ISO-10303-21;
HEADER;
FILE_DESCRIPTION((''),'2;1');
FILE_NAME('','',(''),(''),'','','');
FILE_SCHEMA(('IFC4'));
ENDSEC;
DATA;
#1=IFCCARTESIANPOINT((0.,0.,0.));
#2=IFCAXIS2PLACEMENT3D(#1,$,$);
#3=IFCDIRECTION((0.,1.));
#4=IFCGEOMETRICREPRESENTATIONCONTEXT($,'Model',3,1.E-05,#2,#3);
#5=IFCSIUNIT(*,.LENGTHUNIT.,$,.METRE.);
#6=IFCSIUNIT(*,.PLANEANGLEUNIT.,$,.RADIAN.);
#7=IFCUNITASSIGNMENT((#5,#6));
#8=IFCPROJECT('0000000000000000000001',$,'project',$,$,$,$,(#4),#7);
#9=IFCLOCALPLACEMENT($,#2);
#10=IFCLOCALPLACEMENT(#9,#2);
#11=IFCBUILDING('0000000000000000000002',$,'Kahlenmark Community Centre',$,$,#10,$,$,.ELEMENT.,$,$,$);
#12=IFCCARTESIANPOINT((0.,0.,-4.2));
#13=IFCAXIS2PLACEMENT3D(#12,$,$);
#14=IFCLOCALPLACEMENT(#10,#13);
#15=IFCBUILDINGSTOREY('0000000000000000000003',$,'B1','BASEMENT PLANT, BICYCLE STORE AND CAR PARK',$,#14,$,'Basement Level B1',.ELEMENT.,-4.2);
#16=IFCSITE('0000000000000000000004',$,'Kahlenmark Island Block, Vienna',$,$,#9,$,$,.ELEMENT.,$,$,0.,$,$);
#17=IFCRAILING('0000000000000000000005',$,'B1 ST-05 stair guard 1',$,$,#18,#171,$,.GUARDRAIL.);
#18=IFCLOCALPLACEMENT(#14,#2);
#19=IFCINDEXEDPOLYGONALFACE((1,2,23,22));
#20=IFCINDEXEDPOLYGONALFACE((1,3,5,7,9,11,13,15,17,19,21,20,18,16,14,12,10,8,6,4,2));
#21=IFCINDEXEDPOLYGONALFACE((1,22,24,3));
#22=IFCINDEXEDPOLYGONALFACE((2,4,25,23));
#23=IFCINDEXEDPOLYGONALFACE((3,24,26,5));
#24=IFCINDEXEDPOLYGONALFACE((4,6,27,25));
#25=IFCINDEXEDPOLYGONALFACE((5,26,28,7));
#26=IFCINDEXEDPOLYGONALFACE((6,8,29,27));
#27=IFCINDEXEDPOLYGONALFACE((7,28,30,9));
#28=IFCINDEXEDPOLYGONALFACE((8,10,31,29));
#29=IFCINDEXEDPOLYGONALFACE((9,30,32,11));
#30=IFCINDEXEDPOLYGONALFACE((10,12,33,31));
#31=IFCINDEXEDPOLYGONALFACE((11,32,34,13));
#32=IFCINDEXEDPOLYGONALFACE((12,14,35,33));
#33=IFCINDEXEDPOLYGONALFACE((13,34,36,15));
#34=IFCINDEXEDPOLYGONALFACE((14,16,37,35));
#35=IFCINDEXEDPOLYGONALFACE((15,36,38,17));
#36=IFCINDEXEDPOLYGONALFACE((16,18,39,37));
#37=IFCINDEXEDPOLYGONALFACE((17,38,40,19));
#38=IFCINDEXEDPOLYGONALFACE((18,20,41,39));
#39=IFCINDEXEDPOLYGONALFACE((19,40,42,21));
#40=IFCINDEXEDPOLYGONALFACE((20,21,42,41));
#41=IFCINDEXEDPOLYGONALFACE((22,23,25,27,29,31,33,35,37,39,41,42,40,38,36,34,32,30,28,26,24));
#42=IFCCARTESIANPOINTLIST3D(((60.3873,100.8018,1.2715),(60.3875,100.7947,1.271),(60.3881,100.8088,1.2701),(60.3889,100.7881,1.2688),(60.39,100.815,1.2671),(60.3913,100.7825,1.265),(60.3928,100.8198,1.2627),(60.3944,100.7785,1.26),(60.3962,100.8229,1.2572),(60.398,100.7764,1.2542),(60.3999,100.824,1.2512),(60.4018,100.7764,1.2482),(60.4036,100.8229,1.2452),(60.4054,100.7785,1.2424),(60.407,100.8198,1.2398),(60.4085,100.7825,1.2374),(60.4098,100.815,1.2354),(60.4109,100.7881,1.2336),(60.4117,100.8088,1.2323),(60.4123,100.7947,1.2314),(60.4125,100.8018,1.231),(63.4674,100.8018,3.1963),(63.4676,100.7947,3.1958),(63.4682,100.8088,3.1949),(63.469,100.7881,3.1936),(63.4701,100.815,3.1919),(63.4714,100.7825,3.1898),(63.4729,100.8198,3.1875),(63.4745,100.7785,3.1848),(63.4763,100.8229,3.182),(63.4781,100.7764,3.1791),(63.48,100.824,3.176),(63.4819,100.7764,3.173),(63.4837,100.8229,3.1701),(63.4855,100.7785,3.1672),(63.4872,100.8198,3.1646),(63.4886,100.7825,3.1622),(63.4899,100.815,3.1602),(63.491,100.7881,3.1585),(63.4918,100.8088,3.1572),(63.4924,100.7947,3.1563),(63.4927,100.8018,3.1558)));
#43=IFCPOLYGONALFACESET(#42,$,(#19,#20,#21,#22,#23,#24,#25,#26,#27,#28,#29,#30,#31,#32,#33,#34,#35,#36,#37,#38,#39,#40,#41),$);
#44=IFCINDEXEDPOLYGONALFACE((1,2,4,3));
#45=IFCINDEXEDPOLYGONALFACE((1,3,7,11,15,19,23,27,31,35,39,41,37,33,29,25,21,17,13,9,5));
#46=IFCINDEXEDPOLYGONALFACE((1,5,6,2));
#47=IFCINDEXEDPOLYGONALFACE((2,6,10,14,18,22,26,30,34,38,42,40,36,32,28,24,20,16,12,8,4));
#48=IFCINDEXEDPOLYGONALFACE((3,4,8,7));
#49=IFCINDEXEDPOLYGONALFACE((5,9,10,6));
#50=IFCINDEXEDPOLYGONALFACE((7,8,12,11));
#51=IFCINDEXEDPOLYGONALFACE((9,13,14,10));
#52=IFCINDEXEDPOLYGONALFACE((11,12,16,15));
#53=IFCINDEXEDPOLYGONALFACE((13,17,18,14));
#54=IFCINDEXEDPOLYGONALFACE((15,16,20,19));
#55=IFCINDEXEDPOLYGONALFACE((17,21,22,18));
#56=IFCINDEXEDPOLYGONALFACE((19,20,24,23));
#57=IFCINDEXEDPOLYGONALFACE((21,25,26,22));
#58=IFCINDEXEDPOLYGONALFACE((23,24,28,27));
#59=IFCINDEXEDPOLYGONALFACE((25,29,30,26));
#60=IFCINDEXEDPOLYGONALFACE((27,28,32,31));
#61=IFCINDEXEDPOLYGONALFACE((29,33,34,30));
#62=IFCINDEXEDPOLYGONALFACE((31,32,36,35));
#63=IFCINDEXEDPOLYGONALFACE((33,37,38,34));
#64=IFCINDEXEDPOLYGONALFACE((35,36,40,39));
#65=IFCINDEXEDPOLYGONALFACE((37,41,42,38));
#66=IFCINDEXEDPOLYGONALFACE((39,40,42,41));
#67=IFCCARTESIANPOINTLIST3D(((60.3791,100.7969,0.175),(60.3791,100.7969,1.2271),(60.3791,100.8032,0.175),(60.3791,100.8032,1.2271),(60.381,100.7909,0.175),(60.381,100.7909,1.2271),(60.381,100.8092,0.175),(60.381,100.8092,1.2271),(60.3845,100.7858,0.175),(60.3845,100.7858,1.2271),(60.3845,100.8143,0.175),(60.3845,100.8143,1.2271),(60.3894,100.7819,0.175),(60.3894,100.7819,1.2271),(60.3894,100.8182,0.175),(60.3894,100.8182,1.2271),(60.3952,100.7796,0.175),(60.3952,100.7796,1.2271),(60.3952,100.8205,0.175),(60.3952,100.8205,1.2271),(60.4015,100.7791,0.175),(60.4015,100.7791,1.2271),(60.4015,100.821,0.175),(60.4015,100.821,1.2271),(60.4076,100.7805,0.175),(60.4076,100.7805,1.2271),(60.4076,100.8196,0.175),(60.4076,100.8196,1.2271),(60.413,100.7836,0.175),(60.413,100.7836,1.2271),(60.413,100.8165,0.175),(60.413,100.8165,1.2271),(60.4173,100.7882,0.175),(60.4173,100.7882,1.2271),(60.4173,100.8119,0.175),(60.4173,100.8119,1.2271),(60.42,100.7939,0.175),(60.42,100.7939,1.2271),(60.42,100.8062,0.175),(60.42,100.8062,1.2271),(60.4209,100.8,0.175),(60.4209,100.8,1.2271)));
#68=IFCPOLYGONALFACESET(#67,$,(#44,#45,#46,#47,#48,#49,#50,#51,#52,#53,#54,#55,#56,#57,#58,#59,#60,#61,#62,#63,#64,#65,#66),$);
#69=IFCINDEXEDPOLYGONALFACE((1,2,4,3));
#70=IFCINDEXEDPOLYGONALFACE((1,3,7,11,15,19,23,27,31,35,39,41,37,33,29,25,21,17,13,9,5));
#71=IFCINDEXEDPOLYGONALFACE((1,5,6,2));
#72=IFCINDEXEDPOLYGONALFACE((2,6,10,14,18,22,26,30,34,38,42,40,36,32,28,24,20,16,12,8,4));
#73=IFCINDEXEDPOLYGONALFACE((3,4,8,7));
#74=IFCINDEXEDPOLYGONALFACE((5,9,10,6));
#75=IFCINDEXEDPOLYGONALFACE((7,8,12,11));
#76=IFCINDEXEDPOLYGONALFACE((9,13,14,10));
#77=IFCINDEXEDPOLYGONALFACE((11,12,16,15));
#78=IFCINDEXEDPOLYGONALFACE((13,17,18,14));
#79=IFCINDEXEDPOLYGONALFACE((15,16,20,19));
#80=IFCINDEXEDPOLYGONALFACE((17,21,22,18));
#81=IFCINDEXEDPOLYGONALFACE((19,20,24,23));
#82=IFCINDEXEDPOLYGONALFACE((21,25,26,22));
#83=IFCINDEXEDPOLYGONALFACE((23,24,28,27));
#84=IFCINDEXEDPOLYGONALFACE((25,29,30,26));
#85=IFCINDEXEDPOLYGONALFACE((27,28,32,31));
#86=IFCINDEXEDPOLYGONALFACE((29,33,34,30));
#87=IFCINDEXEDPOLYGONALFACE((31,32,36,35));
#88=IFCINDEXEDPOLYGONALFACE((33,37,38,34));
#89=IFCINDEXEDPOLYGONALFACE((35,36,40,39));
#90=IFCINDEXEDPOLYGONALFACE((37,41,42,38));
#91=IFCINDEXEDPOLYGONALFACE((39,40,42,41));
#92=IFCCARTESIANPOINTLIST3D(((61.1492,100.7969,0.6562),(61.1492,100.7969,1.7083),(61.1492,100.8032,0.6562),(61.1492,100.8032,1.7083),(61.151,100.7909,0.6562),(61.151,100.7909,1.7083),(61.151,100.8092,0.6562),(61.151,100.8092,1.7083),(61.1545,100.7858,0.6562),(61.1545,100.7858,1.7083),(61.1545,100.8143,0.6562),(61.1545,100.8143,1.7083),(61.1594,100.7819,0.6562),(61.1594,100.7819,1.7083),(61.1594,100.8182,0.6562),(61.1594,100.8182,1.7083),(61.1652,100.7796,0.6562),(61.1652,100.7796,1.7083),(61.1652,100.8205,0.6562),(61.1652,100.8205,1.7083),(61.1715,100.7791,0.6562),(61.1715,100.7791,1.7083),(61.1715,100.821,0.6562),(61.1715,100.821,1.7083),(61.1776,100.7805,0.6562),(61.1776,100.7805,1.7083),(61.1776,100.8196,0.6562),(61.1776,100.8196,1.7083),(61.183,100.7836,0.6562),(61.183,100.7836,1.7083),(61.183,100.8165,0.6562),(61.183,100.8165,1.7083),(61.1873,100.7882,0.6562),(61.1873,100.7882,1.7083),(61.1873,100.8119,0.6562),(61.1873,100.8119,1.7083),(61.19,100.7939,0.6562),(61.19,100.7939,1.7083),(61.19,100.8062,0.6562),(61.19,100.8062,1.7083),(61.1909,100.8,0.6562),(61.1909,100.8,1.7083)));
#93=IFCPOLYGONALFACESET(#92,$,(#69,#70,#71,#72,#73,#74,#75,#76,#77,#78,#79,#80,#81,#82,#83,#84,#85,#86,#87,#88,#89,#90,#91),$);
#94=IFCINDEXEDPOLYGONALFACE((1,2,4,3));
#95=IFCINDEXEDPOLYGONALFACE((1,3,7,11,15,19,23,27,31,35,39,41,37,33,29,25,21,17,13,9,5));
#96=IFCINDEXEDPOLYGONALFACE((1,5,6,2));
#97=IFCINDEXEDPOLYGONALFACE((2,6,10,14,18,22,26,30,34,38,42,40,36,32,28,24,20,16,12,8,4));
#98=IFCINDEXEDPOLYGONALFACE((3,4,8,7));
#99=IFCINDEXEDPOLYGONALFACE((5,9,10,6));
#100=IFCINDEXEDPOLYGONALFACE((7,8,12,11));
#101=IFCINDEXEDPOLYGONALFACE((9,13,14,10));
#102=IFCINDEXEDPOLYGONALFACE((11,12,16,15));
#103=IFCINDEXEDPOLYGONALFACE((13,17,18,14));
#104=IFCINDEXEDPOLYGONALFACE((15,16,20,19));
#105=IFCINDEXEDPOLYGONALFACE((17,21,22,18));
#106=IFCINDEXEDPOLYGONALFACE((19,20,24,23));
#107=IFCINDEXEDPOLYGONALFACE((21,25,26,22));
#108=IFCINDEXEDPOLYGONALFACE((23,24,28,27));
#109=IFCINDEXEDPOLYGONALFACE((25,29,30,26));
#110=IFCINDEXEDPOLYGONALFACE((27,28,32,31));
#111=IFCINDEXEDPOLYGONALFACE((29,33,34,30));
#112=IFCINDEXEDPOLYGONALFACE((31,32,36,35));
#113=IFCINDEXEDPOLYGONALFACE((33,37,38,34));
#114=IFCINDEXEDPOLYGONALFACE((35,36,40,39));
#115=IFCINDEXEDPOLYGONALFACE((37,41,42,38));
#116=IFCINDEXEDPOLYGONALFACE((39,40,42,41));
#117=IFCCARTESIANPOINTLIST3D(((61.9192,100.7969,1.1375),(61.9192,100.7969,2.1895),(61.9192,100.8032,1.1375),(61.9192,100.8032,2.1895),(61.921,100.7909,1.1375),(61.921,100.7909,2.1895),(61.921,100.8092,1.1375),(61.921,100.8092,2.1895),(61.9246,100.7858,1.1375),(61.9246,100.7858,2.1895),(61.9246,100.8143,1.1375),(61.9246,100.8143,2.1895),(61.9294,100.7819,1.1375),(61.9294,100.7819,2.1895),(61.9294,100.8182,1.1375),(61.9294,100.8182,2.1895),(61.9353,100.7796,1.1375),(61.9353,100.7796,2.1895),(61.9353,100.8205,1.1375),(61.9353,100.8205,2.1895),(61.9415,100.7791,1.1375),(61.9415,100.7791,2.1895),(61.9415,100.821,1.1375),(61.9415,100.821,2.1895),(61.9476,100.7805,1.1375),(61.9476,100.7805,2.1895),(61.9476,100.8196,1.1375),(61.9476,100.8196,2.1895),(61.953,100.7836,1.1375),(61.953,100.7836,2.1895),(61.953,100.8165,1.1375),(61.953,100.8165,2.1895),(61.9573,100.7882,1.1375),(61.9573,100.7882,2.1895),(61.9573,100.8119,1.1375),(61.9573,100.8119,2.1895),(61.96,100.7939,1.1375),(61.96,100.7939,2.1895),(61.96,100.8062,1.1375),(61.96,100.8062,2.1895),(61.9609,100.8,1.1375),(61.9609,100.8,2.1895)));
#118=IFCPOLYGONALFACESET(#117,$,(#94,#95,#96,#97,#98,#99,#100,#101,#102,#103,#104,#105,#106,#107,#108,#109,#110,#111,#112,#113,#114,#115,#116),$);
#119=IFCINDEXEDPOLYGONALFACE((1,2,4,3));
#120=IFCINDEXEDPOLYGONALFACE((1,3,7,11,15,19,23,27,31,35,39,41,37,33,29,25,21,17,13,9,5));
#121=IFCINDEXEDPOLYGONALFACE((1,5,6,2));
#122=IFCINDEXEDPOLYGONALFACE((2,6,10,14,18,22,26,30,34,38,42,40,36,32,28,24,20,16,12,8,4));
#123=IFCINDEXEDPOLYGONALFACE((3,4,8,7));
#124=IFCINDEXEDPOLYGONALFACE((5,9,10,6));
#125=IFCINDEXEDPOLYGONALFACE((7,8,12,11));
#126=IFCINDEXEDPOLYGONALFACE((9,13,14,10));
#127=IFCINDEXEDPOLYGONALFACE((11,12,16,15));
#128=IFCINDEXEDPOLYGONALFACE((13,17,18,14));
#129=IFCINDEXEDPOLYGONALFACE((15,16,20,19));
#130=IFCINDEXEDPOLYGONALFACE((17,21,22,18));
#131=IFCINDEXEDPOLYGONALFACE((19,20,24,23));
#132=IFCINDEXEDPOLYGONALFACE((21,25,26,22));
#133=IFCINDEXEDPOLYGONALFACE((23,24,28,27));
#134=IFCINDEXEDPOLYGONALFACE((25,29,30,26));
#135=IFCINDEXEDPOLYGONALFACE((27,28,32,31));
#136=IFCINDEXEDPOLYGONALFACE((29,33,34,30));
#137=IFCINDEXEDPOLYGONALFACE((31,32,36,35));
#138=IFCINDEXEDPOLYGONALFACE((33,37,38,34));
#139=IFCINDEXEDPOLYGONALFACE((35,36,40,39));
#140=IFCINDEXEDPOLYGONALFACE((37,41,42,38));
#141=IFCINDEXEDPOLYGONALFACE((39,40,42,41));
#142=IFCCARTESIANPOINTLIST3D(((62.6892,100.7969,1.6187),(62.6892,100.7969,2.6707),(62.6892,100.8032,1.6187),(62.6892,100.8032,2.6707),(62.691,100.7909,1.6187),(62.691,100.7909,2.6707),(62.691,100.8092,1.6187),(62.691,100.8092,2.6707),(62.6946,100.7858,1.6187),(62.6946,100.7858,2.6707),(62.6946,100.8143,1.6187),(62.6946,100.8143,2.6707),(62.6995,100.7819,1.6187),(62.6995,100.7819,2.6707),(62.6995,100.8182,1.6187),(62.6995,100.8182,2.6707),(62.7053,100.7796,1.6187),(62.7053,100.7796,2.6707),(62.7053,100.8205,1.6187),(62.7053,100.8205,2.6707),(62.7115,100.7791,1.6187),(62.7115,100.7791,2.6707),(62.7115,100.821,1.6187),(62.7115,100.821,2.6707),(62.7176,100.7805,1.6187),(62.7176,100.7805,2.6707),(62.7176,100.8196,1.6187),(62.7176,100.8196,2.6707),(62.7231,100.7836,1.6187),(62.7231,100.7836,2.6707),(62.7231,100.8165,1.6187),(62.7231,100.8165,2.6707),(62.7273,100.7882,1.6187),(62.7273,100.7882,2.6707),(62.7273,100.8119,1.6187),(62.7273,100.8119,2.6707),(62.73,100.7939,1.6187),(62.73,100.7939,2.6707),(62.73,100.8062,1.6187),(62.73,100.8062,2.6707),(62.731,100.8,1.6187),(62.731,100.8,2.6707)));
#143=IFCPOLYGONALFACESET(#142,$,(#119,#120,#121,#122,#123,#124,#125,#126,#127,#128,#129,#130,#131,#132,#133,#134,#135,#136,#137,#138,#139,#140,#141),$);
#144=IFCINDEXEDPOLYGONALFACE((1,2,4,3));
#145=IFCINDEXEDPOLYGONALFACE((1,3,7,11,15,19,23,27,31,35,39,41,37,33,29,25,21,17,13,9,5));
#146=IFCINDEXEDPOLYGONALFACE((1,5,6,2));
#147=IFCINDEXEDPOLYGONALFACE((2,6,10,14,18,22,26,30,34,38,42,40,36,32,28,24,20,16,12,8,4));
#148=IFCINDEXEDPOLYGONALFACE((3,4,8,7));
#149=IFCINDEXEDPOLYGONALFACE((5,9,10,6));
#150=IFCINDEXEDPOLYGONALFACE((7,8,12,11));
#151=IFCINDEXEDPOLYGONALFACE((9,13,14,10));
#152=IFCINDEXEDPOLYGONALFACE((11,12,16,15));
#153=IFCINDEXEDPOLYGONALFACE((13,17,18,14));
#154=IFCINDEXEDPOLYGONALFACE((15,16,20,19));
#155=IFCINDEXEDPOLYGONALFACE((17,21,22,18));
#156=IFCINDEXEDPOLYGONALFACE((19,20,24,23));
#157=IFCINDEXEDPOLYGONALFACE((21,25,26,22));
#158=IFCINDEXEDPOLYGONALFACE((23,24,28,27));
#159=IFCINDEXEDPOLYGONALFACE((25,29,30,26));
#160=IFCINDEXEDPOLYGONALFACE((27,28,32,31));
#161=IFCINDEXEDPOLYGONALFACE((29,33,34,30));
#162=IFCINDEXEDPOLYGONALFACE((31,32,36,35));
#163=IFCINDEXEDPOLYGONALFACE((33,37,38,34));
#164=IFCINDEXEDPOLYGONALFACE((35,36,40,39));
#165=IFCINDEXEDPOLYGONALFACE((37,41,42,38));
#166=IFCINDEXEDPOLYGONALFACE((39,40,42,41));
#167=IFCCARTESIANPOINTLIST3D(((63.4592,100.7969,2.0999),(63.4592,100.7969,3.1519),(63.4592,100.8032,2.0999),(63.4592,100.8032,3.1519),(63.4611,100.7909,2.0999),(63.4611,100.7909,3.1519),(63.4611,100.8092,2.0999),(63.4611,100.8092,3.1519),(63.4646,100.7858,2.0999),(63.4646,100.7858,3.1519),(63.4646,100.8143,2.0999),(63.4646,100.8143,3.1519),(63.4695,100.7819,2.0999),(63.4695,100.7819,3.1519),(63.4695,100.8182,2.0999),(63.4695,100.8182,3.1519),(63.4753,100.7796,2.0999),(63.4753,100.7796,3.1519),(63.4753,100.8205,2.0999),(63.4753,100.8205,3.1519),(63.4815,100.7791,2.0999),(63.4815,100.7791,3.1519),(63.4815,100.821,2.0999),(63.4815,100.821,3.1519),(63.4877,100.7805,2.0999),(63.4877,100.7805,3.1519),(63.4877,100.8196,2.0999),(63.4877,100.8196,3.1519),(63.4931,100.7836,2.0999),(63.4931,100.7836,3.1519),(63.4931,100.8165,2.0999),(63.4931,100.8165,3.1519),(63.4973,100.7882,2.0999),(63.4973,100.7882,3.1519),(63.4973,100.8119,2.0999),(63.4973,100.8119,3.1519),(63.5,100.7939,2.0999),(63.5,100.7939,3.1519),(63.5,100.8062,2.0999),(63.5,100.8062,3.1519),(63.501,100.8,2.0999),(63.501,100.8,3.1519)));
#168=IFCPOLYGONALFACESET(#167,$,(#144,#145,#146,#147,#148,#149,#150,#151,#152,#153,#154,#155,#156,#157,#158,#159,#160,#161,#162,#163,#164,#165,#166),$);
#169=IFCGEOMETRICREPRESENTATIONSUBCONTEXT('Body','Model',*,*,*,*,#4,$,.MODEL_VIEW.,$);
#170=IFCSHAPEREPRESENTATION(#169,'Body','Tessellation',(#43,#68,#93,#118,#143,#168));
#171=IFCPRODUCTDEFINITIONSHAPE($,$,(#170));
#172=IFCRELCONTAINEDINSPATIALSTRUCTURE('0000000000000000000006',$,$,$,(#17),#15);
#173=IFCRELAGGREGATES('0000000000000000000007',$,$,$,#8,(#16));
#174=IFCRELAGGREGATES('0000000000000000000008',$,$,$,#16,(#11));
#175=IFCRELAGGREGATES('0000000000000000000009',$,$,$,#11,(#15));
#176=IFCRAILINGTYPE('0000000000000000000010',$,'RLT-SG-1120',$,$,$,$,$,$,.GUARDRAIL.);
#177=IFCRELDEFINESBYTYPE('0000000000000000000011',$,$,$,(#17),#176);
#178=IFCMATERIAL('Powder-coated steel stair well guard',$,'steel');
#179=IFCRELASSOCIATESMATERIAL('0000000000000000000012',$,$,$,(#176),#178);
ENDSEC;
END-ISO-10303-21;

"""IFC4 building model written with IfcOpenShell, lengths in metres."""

from ifc_helpers import new_model, si_unit, direction, frame, origin, origin_2d, place, context, subcontext, project, spatial, circle, extrude, material, type_object, element, save


model = new_model("IFC4")

# Units and contexts
model_context = context("Model", 3, precision=1e-05, world=origin(), true_north=direction((0.0, 1.0)))
body_context = subcontext(model_context, "Body", "Model", "MODEL_VIEW")
ifc_project = project(units=[si_unit("LENGTHUNIT", "METRE"), si_unit("PLANEANGLEUNIT", "RADIAN")], contexts=[model_context])

# Site, building, storey
site_placement = place(None, origin())
site = spatial("IfcSite", under=ifc_project, at=site_placement, Name="Kahlenmark Island Block, Vienna", CompositionType="ELEMENT", RefElevation=0.0)
building_placement = place(site_placement, origin())
building = spatial("IfcBuilding", under=site, at=building_placement, Name="Kahlenmark Community Centre", CompositionType="ELEMENT")
storey_placement = place(building_placement, frame((0.0, 0.0, -4.2)))
storey = spatial("IfcBuildingStorey", under=building, at=storey_placement, Name="B1", Description="BASEMENT PLANT, BICYCLE STORE AND CAR PARK", LongName="Basement Level B1", CompositionType="ELEMENT", Elevation=-4.2)

# Railing
ifc_material_1 = material(Name="Powder-coated steel stair well guard", Category="steel")
railing_type_1 = type_object("IfcRailingType", Name="RLT-SG-1120", PredefinedType="GUARDRAIL", material=ifc_material_1)
railing_1_placement = place(storey_placement, frame((60.3999, 100.8, 0.175)))
element("IfcRailing", 1, at=railing_1_placement, inside=storey, type_object=railing_type_1, Name="B1 ST-05 stair guard 1", PredefinedType="GUARDRAIL", context=body_context, shape_type="SweptSolid", body=[
    extrude(circle(Radius=0.0239, at=origin_2d()), frame((0.0, 0.0, 1.0762), z_axis=(0.848029, 0.0, 0.529951), x_axis=(0.0, 1.0, 0.0)), (0.0, 0.0, 1.0), 3.6321),
    extrude(circle(Radius=0.021, at=origin_2d()), origin(), (0.0, 0.0, 1.0), 1.052),
    extrude(circle(Radius=0.021, at=origin_2d()), frame((0.77, 0.0, 0.4812)), (0.0, 0.0, 1.0), 1.052),
    extrude(circle(Radius=0.021, at=origin_2d()), frame((1.54, 0.0, 0.9624)), (0.0, 0.0, 1.0), 1.052),
    extrude(circle(Radius=0.021, at=origin_2d()), frame((2.3101, 0.0, 1.4436)), (0.0, 0.0, 1.0), 1.052),
    extrude(circle(Radius=0.021, at=origin_2d()), frame((3.0801, 0.0, 1.9248)), (0.0, 0.0, 1.0), 1.052),
])

save(model, "model.ifc")
